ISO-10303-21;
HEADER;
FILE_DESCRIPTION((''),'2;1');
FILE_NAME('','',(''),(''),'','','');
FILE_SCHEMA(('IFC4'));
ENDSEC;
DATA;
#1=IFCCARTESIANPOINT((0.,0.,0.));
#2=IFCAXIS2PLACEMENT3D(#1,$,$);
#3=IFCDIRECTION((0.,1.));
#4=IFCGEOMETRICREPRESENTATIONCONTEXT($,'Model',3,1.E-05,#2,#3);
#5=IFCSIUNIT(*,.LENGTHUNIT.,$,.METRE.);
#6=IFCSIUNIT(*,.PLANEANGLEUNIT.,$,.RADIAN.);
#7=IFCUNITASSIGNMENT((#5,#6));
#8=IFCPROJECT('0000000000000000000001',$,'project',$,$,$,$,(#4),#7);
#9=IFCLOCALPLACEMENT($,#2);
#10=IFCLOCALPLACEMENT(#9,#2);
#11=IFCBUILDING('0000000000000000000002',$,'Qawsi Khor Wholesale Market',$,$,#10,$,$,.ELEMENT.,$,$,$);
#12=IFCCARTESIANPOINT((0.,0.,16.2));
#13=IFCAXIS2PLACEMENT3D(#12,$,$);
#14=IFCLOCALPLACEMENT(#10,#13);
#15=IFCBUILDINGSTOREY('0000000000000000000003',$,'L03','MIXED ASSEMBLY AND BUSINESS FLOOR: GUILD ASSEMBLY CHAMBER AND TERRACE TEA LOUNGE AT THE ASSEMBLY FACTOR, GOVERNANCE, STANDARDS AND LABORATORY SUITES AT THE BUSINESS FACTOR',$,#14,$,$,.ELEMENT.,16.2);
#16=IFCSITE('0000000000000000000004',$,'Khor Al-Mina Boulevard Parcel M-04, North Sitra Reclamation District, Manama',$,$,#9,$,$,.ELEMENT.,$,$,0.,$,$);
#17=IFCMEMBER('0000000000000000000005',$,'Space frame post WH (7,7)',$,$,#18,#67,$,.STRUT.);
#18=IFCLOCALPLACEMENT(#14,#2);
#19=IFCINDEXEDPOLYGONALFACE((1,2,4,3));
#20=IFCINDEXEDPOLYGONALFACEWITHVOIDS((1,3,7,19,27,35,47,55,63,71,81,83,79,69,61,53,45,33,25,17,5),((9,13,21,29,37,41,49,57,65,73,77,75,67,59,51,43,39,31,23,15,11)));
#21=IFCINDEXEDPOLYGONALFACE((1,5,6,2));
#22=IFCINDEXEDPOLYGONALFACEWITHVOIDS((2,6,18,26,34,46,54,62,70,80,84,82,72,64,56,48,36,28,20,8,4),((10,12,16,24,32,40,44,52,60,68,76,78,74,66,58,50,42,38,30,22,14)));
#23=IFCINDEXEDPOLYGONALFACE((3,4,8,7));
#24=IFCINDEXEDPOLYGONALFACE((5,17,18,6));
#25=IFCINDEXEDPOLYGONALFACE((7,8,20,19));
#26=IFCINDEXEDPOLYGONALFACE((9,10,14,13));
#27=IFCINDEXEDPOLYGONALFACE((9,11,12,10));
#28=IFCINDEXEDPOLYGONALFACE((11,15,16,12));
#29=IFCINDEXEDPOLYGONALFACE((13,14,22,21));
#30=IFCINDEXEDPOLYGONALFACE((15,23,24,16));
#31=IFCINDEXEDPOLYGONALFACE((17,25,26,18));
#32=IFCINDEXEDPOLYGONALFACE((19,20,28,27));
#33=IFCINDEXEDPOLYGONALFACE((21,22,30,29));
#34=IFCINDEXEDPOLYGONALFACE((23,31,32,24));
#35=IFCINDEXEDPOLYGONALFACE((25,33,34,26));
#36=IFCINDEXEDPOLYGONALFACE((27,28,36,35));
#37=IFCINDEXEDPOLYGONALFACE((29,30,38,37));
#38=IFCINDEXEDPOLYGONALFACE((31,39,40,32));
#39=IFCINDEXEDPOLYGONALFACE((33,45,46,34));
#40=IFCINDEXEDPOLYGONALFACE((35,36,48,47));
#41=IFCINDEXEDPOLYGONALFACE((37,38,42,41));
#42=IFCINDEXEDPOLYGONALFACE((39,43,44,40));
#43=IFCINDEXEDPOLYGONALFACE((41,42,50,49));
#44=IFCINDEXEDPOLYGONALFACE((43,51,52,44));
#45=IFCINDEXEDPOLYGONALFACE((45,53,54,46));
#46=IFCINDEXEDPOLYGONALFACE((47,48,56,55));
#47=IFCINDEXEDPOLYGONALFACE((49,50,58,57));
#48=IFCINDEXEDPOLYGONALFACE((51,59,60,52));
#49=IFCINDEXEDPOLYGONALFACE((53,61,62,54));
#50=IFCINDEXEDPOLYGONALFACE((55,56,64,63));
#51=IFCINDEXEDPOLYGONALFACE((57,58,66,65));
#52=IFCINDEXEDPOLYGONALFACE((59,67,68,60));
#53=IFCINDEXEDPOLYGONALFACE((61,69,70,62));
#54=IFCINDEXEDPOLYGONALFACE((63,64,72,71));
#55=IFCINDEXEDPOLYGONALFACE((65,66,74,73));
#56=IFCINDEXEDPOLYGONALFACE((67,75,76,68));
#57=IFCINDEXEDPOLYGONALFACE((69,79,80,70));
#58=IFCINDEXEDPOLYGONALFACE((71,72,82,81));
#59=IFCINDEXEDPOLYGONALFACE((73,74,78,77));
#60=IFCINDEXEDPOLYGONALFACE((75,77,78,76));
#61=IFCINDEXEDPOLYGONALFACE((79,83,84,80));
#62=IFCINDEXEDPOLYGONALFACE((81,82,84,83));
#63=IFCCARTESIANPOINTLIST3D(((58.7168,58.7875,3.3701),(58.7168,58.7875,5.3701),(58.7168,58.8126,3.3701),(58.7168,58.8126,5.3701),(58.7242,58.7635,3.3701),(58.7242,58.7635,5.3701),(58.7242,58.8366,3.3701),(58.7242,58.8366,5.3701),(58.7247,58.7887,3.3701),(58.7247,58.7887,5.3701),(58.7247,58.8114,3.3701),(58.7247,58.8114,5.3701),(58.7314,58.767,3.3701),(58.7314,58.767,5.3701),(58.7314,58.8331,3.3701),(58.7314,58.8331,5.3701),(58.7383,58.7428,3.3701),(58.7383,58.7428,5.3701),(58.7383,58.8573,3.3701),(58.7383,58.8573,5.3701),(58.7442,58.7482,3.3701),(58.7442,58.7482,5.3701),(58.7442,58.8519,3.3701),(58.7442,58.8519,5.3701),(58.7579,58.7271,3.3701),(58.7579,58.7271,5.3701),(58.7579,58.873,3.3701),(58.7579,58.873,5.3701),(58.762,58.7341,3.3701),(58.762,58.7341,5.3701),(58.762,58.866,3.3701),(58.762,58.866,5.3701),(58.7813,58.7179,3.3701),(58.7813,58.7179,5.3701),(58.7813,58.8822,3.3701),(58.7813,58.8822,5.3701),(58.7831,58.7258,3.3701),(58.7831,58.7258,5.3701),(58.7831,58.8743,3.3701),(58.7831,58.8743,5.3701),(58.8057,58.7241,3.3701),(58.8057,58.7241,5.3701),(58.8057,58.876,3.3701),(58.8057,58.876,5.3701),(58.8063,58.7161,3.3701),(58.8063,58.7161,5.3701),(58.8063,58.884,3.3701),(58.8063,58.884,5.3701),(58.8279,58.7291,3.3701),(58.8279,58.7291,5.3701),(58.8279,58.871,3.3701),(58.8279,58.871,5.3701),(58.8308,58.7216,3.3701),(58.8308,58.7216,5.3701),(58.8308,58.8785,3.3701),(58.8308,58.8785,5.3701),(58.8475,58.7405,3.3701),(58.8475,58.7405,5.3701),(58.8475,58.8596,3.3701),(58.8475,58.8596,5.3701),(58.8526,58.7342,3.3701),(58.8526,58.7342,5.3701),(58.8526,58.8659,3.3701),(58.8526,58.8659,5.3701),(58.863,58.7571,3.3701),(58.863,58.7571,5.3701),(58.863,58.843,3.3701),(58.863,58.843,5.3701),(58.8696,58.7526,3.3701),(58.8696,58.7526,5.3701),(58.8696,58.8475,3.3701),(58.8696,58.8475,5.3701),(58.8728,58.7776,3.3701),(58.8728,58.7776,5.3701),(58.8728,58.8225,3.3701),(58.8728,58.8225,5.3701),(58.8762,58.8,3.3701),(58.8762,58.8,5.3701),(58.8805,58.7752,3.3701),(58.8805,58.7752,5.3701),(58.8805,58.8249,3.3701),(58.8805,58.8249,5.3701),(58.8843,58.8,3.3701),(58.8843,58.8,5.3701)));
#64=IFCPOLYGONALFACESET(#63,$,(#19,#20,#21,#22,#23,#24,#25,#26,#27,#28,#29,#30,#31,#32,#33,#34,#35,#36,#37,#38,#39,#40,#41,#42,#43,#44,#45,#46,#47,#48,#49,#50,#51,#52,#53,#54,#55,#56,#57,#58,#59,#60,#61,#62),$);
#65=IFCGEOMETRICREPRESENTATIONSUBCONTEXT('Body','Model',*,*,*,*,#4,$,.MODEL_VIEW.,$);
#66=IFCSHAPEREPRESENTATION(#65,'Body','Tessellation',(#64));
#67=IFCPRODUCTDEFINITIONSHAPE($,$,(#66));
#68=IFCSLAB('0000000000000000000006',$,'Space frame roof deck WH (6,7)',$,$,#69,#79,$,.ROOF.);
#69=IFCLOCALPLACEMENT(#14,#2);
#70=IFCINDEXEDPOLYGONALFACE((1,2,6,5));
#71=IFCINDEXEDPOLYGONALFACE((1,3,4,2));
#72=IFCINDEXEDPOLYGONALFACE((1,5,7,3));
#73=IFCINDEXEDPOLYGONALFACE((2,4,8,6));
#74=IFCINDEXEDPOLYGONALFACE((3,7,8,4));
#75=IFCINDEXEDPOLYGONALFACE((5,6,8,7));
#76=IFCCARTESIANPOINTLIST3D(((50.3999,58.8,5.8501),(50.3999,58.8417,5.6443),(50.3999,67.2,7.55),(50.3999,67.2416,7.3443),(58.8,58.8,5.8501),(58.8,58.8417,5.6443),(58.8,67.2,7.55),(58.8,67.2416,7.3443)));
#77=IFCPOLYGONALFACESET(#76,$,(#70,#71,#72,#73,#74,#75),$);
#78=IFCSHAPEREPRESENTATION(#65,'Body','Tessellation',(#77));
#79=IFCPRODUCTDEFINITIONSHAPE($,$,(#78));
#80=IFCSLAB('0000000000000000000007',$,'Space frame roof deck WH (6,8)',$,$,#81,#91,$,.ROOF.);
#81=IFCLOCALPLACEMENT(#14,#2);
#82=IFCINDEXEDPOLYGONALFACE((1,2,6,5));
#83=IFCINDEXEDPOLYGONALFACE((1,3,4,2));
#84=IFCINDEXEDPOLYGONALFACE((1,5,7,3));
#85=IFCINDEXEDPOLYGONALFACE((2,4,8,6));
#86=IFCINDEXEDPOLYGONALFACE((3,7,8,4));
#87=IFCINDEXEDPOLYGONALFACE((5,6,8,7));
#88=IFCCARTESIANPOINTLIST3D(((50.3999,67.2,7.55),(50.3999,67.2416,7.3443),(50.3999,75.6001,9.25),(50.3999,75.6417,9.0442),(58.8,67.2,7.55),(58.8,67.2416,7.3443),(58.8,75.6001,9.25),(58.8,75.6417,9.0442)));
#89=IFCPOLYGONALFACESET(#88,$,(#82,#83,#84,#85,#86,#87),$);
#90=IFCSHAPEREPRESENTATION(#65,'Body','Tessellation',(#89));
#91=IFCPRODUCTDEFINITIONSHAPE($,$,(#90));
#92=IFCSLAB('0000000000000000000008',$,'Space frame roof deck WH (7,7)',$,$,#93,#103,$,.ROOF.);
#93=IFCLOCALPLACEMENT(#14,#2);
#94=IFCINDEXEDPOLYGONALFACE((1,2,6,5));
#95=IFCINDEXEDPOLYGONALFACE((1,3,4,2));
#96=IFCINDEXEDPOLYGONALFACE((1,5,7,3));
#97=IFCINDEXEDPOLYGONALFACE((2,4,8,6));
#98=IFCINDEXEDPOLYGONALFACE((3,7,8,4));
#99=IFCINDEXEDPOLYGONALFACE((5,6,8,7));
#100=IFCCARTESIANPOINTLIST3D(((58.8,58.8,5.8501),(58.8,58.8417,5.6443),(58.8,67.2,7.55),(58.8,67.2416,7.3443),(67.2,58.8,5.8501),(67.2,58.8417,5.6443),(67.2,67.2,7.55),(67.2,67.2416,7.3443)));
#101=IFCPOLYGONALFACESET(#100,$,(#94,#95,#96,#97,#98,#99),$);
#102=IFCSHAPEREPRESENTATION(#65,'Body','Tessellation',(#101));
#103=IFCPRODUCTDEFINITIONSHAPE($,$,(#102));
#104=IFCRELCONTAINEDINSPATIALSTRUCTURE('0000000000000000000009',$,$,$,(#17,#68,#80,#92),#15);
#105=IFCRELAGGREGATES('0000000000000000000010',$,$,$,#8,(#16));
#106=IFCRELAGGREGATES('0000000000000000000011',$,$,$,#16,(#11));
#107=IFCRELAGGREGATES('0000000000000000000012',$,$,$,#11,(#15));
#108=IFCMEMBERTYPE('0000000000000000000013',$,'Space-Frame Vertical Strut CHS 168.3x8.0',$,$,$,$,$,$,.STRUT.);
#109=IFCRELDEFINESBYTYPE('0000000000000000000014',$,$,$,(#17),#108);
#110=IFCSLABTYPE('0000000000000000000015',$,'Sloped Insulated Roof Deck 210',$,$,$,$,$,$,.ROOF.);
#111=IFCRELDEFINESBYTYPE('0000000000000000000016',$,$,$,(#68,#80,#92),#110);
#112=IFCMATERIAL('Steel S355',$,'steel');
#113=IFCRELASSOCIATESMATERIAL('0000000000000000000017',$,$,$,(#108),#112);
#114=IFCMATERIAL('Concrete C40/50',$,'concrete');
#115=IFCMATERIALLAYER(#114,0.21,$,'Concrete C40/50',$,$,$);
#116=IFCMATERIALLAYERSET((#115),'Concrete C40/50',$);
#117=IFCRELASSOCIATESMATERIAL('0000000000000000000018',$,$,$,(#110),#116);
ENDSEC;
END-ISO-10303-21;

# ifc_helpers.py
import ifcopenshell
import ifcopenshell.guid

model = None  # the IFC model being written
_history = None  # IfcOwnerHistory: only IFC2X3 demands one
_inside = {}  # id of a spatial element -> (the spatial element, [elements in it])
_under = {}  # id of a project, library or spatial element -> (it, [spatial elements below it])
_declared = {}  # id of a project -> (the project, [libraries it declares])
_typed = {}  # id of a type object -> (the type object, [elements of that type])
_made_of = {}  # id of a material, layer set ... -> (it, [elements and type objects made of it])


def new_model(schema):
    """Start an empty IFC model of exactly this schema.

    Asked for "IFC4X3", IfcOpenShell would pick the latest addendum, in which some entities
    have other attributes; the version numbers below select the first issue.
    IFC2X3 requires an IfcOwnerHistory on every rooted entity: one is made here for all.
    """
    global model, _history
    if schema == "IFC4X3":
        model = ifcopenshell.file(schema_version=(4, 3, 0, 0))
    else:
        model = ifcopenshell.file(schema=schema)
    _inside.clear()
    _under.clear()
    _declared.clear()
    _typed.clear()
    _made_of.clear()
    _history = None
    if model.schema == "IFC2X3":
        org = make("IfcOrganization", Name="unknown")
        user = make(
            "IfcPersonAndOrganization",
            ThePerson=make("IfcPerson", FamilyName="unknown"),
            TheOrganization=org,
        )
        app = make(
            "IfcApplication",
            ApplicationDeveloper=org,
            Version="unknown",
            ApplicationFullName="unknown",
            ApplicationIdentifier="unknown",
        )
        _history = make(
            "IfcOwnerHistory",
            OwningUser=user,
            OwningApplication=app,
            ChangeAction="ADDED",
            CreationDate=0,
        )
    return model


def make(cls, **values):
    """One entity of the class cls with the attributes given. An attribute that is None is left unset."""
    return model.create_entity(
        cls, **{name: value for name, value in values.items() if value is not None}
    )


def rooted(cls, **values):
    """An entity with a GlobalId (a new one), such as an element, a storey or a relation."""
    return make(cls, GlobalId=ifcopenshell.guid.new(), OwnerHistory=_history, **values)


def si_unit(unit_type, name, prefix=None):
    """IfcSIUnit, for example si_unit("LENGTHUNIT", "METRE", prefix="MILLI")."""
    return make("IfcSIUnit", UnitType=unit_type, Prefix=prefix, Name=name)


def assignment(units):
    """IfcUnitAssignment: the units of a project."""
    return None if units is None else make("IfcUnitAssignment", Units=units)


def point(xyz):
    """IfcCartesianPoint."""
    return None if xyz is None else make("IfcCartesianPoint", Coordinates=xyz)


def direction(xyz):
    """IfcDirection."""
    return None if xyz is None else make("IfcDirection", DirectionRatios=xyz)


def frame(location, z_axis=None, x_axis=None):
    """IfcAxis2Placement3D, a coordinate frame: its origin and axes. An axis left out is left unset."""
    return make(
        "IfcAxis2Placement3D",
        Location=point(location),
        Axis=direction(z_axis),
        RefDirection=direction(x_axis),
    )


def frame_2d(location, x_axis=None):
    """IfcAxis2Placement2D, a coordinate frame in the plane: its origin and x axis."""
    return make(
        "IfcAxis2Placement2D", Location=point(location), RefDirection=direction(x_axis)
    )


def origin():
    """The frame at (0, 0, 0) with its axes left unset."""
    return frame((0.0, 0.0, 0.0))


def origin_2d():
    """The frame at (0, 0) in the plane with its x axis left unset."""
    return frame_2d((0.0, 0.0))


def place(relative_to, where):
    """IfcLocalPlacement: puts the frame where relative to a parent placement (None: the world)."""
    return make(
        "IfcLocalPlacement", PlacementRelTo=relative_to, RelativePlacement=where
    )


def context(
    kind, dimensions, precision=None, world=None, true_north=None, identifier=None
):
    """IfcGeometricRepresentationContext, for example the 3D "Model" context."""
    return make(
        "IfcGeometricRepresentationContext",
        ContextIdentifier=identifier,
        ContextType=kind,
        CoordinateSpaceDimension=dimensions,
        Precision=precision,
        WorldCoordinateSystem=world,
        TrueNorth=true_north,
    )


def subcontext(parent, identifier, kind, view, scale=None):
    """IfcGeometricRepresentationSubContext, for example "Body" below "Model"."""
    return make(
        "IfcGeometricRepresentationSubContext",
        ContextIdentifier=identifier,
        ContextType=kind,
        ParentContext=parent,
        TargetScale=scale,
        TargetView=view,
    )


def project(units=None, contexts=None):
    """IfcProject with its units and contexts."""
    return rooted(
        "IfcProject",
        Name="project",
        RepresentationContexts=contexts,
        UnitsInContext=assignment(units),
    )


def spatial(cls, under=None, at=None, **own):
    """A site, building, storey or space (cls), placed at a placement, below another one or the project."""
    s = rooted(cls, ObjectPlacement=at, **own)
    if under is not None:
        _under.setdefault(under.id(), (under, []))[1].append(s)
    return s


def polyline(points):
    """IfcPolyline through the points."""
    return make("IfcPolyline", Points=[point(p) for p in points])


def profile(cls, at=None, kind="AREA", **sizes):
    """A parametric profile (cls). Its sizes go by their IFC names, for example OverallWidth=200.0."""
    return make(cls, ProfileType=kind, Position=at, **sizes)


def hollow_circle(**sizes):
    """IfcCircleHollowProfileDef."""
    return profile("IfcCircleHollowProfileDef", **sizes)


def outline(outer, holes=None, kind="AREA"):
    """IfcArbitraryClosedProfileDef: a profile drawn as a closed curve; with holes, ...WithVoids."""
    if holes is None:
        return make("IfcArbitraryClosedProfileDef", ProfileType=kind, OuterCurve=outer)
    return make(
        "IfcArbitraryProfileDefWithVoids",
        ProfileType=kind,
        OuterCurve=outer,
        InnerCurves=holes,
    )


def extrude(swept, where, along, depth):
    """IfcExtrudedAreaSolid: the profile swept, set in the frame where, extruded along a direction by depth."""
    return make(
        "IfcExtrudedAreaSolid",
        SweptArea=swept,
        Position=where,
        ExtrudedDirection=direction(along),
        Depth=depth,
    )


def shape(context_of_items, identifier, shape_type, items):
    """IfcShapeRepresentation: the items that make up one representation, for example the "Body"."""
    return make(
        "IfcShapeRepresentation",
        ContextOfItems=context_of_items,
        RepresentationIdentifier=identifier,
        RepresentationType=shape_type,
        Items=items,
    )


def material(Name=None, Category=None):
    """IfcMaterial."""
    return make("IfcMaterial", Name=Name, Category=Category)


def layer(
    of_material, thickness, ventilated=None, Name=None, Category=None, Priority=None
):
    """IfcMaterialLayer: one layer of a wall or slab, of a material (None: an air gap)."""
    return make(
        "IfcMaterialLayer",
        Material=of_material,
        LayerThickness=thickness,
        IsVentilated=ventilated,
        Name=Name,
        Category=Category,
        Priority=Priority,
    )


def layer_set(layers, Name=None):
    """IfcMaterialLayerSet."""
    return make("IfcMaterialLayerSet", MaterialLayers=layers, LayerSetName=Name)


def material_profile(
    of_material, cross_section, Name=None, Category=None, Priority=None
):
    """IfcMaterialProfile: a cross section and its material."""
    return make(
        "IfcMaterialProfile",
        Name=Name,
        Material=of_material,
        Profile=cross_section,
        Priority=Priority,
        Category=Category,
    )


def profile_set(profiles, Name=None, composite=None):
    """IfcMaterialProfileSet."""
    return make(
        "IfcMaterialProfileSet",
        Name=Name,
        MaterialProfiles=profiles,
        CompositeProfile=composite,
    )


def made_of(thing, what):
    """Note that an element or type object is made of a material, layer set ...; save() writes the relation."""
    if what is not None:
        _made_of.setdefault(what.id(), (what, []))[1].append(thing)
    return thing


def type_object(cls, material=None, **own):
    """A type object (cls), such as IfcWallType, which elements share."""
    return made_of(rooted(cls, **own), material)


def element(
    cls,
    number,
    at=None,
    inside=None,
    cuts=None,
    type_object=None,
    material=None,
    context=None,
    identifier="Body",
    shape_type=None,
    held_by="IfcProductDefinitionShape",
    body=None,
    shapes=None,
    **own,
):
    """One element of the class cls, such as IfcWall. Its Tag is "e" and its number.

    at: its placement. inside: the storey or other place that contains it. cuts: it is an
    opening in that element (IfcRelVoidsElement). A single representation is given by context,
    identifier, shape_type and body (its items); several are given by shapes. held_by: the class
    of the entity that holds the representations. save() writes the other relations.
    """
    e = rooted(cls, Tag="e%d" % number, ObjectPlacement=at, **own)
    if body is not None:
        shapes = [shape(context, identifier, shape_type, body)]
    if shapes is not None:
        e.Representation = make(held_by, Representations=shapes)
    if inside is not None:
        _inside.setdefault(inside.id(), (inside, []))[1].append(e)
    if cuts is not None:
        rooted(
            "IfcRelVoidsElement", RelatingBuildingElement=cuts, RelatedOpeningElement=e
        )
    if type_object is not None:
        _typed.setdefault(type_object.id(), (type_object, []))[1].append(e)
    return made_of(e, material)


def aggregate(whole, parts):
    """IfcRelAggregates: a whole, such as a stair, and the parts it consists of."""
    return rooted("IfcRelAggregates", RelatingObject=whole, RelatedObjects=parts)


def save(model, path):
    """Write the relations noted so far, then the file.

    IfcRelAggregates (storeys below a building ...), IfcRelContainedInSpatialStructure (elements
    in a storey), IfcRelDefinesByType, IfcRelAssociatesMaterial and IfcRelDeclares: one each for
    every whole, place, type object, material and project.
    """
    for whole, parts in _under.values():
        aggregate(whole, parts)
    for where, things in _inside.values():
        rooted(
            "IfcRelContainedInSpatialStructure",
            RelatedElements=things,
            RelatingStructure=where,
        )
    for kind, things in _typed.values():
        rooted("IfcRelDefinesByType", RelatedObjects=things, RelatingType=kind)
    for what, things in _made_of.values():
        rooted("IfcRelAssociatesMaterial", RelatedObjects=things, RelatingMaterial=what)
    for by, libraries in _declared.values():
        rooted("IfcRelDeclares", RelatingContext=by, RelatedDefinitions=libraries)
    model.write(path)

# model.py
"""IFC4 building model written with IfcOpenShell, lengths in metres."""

from ifc_helpers import new_model, si_unit, direction, frame, origin, origin_2d, place, context, subcontext, project, spatial, polyline, hollow_circle, outline, extrude, material, layer, layer_set, material_profile, profile_set, type_object, element, save


model = new_model("IFC4")

# Units and contexts
model_context = context("Model", 3, precision=1e-05, world=origin(), true_north=direction((0.0, 1.0)))
body_context = subcontext(model_context, "Body", "Model", "MODEL_VIEW")
ifc_project = project(units=[si_unit("LENGTHUNIT", "METRE"), si_unit("PLANEANGLEUNIT", "RADIAN")], contexts=[model_context])

# Site, building, storey
site_placement = place(None, origin())
site = spatial("IfcSite", under=ifc_project, at=site_placement, Name="Khor Al-Mina Boulevard Parcel M-04, North Sitra Reclamation District, Manama", CompositionType="ELEMENT", RefElevation=0.0)
building_placement = place(site_placement, origin())
building = spatial("IfcBuilding", under=site, at=building_placement, Name="Qawsi Khor Wholesale Market", CompositionType="ELEMENT")
storey_placement = place(building_placement, frame((0.0, 0.0, 16.2)))
storey = spatial("IfcBuildingStorey", under=building, at=storey_placement, Name="L03", Description="MIXED ASSEMBLY AND BUSINESS FLOOR: GUILD ASSEMBLY CHAMBER AND TERRACE TEA LOUNGE AT THE ASSEMBLY FACTOR, GOVERNANCE, STANDARDS AND LABORATORY SUITES AT THE BUSINESS FACTOR", CompositionType="ELEMENT", Elevation=16.2)

# Shared definitions
ifc_material_1 = material(Name="Concrete C40/50", Category="concrete")

# Member
ifc_material_2 = material(Name="Steel S355", Category="steel")
ifc_material_profile_1 = material_profile(ifc_material_2, hollow_circle(Radius=0.0842, WallThickness=0.0081, at=origin_2d()), Name="CHS 168.3x8.0")
ifc_profile_set_1 = profile_set([ifc_material_profile_1], Name="Steel S355")
member_type_1 = type_object("IfcMemberType", Name="Space-Frame Vertical Strut CHS 168.3x8.0", PredefinedType="STRUT", material=ifc_profile_set_1)
for number, where, z_axis, x_axis, name in (
    (1, (58.8, 58.8, 3.3701), (0.0, 0.0, 1.0), (1.0, 0.0, 0.0), "Space frame post WH (7,7)"),
):
    element("IfcMember", number, at=place(storey_placement, frame(where, z_axis=z_axis, x_axis=x_axis)), inside=storey, type_object=member_type_1, Name=name, PredefinedType="STRUT", context=body_context, shape_type="SweptSolid", body=[
        extrude(hollow_circle(Radius=0.0842, WallThickness=0.0081, at=origin_2d()), origin(), (0.0, 0.0, 1.0), 2.0),
    ])

# Slabs
ifc_layer = layer(ifc_material_1, 0.21, Name="Concrete C40/50")
ifc_layer_set = layer_set([ifc_layer], Name="Concrete C40/50")
slab_type = type_object("IfcSlabType", Name="Sloped Insulated Roof Deck 210", PredefinedType="ROOF", material=ifc_layer_set)
slab_1_placement = place(storey_placement, frame((50.3999, 58.8, 5.8501), z_axis=(0.0, -0.198356, 0.98013), x_axis=(1.0, 0.0, 0.0)))
element("IfcSlab", 2, at=slab_1_placement, inside=storey, type_object=slab_type, Name="Space frame roof deck WH (6,7)", PredefinedType="ROOF", context=body_context, shape_type="SweptSolid", body=[
    extrude(outline(polyline([(0.0, 0.0), (8.4001, 0.0), (8.4001, 8.5702), (0.0, 8.5702), (0.0, 0.0)])), origin(), (0.0, 0.0, -1.0), 0.21),
])
slab_2_placement = place(storey_placement, frame((50.3999, 67.2, 7.55), z_axis=(0.0, -0.198351, 0.980131), x_axis=(1.0, 0.0, 0.0)))
element("IfcSlab", 3, at=slab_2_placement, inside=storey, type_object=slab_type, Name="Space frame roof deck WH (6,8)", PredefinedType="ROOF", context=body_context, shape_type="SweptSolid", body=[
    extrude(outline(polyline([(0.0, 0.0), (8.4001, 0.0), (8.4001, 8.5704), (0.0, 8.5704), (0.0, 0.0)])), origin(), (0.0, 0.0, -1.0), 0.21),
])
slab_3_placement = place(storey_placement, frame((58.8, 58.8, 5.8501), z_axis=(0.0, -0.198356, 0.98013), x_axis=(1.0, 0.0, 0.0)))
element("IfcSlab", 4, at=slab_3_placement, inside=storey, type_object=slab_type, Name="Space frame roof deck WH (7,7)", PredefinedType="ROOF", context=body_context, shape_type="SweptSolid", body=[
    extrude(outline(polyline([(0.0, 0.0), (8.3999, 0.0), (8.3999, 8.5702), (0.0, 8.5702), (0.0, 0.0)])), origin(), (0.0, 0.0, -1.0), 0.21),
])

save(model, "model.ifc")
